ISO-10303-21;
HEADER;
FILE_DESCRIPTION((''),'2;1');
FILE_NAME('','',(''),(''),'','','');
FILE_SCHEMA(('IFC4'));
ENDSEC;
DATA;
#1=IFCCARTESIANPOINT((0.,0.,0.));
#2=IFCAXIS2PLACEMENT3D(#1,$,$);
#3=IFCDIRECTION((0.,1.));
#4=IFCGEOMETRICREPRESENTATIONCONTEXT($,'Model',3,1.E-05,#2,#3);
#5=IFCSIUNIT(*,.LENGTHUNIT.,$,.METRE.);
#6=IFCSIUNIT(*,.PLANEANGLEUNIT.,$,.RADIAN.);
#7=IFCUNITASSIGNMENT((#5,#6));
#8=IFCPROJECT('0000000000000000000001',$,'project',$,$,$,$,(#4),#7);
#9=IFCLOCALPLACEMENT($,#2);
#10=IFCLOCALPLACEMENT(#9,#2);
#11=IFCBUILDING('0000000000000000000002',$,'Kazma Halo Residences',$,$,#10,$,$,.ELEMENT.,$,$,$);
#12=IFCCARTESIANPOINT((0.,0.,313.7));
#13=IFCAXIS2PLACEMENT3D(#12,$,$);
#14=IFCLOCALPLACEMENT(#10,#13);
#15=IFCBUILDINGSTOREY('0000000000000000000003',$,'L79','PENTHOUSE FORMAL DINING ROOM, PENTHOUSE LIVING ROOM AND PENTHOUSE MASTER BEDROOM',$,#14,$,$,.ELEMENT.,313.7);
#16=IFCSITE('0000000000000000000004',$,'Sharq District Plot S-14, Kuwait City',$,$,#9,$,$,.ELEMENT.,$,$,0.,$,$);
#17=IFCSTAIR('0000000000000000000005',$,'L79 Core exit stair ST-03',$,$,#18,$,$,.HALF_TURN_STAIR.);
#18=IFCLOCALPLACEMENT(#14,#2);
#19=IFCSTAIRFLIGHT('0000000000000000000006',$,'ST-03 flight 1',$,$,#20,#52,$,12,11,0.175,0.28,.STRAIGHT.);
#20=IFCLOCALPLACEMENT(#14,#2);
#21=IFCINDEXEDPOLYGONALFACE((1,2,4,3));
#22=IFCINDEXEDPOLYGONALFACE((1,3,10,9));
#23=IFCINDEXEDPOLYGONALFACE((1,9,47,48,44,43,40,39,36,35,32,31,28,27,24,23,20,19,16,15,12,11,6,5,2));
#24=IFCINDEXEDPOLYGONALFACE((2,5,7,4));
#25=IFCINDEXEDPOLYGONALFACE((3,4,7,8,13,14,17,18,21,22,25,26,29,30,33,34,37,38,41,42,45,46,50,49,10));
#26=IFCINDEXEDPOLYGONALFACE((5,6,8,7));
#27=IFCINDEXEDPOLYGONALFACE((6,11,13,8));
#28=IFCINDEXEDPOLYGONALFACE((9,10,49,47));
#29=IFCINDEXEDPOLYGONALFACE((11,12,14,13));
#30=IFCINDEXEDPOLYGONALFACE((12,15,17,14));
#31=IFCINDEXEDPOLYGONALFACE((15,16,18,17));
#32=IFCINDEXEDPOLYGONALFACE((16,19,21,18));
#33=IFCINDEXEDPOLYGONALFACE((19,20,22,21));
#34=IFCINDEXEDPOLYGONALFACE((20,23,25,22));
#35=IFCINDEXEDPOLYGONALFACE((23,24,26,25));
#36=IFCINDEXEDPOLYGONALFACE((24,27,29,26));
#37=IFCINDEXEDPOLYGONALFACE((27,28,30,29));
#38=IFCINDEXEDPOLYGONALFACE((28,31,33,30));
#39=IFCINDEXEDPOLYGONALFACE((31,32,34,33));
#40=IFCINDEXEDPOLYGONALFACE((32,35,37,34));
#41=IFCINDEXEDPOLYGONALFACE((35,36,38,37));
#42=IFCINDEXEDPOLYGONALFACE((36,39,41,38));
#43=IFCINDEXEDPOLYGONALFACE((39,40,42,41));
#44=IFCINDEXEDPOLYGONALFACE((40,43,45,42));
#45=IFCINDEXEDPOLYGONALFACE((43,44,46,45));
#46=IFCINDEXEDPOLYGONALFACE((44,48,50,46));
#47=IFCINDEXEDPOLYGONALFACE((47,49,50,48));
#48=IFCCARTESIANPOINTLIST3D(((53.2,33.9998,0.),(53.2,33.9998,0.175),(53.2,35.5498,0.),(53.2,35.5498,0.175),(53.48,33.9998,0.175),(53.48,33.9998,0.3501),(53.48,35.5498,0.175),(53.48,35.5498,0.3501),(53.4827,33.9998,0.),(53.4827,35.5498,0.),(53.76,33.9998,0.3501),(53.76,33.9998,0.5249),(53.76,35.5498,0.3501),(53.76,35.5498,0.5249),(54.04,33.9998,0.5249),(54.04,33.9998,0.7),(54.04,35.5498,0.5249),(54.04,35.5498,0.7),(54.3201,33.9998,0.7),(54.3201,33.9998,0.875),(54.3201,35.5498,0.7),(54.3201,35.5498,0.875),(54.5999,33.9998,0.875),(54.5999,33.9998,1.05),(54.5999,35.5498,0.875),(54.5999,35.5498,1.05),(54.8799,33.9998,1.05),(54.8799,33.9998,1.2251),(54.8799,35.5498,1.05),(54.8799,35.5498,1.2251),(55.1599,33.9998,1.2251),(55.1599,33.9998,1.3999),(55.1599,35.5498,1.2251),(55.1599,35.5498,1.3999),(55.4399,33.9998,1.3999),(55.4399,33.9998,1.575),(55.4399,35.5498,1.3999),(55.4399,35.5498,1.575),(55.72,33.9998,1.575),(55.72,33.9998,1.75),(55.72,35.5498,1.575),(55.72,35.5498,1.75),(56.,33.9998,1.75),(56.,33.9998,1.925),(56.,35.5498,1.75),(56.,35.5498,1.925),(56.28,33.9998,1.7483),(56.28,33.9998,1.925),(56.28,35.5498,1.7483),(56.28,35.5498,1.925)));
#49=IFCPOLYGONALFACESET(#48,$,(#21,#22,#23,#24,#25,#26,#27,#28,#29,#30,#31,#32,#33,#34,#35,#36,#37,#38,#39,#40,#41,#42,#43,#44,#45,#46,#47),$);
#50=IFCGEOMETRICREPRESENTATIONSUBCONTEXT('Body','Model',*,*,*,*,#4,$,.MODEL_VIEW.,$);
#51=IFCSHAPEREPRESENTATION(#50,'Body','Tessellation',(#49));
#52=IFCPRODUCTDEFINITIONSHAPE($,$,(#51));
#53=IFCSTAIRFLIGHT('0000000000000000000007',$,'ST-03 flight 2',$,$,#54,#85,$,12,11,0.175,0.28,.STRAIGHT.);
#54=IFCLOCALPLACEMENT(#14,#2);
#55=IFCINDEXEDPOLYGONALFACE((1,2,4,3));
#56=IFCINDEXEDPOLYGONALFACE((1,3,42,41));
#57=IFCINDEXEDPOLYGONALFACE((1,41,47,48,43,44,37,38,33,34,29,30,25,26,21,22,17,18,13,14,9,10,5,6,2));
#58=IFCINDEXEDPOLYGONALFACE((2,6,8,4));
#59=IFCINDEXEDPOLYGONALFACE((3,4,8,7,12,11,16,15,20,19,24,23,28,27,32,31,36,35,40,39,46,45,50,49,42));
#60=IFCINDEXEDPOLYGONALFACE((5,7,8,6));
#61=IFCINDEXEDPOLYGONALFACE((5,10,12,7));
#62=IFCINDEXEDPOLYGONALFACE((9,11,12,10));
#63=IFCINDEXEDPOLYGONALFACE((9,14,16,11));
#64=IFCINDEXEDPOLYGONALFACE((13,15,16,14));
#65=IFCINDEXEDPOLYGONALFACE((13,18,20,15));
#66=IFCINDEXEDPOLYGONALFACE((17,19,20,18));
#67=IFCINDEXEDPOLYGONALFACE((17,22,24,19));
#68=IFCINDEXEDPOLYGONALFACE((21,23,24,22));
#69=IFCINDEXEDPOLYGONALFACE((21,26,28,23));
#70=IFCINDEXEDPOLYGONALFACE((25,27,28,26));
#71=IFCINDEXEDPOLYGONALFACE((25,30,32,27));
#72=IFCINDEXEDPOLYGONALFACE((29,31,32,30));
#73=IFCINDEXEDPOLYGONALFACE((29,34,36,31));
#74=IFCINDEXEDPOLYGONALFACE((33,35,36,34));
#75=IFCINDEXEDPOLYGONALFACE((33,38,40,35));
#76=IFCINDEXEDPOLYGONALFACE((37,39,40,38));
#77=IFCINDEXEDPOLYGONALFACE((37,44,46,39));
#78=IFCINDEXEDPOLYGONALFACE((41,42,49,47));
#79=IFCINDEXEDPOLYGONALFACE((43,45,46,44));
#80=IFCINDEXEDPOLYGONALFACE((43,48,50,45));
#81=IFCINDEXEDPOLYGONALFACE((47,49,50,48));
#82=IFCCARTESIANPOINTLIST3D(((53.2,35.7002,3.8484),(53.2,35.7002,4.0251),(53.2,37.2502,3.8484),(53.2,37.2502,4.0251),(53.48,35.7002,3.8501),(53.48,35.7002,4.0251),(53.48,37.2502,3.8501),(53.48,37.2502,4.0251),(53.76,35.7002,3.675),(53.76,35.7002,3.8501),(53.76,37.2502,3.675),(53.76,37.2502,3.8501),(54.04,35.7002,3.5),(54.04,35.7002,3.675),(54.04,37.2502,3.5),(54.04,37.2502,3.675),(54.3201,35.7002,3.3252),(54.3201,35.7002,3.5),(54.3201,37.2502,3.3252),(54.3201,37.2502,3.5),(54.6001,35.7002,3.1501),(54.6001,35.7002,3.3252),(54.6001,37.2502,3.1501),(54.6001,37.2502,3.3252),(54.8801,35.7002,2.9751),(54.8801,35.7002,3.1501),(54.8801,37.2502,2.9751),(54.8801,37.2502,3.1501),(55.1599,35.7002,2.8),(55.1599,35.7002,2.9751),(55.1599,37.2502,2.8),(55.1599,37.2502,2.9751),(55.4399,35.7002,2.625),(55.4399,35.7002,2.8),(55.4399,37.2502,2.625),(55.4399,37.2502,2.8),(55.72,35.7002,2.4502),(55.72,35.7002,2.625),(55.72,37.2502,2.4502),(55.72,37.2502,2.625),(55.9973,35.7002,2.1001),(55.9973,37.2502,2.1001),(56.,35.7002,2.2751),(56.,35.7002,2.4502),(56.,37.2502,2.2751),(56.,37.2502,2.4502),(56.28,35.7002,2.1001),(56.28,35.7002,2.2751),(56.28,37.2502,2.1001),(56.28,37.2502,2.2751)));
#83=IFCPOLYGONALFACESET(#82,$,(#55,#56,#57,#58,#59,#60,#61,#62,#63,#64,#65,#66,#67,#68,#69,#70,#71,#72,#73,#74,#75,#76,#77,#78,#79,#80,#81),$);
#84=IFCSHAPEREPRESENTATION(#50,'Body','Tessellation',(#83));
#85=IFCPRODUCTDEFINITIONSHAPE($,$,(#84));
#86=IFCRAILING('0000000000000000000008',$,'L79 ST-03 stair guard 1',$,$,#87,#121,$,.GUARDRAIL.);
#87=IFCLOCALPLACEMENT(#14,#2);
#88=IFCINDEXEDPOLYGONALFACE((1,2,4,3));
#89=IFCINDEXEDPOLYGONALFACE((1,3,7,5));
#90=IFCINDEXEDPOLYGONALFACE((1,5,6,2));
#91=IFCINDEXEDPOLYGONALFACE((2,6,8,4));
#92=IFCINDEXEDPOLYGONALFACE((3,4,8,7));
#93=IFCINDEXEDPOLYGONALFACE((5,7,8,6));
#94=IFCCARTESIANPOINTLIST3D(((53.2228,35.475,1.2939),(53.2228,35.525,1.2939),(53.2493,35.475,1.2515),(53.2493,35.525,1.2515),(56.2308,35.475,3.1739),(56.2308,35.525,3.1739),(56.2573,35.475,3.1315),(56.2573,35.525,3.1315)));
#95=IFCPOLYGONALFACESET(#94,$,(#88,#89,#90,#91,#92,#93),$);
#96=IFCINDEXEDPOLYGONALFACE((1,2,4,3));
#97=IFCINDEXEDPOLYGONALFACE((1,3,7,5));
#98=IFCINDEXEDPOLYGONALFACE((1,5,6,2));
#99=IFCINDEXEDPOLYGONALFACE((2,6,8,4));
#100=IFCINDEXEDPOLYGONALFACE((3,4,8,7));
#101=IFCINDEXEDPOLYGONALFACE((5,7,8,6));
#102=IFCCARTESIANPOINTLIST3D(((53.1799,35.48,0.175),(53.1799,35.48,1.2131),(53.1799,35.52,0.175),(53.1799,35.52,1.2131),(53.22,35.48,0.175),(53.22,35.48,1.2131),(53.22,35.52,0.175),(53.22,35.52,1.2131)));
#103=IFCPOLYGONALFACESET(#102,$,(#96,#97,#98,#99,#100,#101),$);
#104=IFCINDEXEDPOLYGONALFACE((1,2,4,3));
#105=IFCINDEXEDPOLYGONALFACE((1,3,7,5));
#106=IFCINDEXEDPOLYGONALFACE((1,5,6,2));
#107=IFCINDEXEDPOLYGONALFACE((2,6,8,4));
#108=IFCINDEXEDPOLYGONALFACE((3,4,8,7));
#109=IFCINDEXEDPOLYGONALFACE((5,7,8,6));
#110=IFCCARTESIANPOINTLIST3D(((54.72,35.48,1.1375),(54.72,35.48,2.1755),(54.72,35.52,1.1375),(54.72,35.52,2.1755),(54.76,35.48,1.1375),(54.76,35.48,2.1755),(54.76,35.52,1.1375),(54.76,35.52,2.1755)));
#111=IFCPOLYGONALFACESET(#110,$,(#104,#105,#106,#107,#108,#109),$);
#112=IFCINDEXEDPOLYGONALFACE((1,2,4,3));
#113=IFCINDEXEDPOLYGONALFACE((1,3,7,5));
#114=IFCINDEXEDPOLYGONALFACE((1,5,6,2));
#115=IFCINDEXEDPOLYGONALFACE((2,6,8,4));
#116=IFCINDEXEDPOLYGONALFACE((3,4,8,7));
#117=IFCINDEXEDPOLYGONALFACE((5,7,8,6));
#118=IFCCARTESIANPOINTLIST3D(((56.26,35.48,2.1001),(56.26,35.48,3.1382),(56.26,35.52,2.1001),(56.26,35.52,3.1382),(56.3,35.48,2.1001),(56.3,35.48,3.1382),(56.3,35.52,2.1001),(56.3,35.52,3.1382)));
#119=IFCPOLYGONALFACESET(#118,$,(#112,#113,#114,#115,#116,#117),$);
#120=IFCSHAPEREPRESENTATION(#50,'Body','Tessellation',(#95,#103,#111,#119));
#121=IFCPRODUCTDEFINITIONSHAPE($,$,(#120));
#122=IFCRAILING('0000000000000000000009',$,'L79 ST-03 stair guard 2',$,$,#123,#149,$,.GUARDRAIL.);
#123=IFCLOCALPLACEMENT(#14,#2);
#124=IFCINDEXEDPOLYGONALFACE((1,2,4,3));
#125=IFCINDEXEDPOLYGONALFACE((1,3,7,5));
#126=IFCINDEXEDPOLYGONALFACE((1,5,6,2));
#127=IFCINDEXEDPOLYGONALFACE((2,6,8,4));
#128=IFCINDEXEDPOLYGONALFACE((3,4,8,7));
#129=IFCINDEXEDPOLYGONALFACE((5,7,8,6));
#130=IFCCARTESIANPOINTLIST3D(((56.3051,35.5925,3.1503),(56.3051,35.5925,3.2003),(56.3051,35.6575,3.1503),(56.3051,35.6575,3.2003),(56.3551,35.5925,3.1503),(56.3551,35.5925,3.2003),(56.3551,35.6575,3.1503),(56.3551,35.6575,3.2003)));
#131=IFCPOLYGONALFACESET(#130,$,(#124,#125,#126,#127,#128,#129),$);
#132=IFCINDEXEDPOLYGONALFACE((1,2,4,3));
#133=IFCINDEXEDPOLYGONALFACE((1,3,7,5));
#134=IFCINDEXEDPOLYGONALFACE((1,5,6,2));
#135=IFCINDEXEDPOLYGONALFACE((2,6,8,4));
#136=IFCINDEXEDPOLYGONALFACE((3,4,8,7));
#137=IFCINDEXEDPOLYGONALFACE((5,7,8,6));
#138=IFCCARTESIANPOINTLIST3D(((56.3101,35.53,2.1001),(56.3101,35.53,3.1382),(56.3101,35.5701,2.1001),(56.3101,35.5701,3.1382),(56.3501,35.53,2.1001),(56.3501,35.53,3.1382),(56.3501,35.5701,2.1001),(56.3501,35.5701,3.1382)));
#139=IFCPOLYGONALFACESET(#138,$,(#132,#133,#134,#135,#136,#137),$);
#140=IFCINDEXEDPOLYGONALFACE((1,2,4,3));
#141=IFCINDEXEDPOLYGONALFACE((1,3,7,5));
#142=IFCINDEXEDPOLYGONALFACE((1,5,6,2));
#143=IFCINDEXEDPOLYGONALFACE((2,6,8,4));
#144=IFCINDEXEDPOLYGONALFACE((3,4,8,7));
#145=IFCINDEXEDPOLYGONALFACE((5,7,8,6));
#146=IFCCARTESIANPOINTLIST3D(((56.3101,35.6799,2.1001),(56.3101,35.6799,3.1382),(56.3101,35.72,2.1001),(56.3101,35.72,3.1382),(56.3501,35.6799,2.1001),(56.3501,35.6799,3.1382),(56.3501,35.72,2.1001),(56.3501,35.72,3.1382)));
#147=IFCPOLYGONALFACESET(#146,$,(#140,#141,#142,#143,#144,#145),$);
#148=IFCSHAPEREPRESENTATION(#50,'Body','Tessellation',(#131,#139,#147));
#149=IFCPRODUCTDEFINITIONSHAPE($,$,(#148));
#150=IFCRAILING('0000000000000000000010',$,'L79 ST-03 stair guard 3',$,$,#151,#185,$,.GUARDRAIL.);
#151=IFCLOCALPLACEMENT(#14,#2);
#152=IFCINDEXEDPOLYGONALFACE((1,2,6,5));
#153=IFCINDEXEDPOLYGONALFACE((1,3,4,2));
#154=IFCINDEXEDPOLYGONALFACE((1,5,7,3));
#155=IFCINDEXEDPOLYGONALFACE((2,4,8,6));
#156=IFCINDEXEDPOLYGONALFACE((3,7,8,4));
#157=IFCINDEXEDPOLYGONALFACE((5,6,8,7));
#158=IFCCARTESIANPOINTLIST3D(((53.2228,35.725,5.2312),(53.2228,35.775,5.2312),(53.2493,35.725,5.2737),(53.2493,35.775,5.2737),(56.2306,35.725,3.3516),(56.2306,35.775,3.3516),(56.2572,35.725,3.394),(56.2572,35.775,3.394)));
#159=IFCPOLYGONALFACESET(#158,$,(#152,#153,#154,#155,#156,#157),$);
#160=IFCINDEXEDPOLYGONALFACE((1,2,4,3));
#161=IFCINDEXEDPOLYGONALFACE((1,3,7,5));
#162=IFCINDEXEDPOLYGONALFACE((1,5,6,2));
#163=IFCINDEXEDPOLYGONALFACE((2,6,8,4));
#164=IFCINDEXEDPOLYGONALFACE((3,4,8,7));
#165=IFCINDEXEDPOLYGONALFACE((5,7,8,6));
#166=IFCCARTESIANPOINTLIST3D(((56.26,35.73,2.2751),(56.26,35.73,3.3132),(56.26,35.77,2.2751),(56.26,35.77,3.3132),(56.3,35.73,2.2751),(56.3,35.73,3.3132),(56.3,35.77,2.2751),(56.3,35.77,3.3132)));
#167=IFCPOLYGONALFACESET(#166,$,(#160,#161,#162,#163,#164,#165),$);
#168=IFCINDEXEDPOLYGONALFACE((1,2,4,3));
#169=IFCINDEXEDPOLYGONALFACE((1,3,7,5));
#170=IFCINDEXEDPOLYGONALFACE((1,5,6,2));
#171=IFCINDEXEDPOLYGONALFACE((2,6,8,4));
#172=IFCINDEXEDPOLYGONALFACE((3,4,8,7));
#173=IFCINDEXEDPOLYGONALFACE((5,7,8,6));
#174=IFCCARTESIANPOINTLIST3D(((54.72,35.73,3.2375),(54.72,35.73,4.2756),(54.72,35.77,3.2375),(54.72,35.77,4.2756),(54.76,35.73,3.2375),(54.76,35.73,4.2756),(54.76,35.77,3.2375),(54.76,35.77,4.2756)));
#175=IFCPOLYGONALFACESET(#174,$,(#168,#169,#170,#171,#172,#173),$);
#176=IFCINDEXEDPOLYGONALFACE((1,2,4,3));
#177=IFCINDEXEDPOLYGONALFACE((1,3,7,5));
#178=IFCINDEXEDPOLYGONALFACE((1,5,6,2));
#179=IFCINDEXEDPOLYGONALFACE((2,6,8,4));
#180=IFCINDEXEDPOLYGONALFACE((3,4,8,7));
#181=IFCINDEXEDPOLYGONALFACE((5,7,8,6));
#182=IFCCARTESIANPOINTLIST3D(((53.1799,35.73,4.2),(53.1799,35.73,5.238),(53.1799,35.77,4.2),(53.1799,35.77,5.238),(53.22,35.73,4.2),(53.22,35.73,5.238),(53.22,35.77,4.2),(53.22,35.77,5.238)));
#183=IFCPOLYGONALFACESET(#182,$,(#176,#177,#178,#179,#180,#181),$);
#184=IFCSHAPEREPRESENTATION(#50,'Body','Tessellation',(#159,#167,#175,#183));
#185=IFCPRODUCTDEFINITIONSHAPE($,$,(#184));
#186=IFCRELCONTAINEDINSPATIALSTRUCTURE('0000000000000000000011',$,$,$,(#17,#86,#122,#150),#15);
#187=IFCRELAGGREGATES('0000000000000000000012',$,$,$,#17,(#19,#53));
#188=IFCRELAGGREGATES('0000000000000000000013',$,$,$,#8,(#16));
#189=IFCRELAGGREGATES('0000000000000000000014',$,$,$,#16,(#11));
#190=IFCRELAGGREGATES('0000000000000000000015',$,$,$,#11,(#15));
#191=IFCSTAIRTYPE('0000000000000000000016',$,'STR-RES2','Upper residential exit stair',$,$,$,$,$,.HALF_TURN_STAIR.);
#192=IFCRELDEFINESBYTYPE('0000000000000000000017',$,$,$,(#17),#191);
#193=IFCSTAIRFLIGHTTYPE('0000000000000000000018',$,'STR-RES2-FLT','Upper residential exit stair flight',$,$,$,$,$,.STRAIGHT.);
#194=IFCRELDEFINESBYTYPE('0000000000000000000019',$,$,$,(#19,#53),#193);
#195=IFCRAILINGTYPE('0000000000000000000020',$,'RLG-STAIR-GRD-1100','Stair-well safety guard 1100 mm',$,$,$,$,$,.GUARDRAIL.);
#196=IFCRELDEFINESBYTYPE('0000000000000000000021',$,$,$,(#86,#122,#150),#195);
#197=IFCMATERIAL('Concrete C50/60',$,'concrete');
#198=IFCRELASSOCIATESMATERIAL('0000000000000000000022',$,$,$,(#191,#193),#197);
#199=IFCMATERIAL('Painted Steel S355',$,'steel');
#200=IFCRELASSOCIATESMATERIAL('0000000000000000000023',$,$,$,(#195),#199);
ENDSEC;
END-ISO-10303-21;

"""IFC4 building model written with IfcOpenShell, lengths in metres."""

from ifc_helpers import new_model, si_unit, direction, frame, origin, origin_2d, place, context, subcontext, project, spatial, polyline, rectangle, outline, extrude, material, type_object, element, aggregate, save


model = new_model("IFC4")

# Units and contexts
model_context = context("Model", 3, precision=1e-05, world=origin(), true_north=direction((0.0, 1.0)))
body_context = subcontext(model_context, "Body", "Model", "MODEL_VIEW")
ifc_project = project(units=[si_unit("LENGTHUNIT", "METRE"), si_unit("PLANEANGLEUNIT", "RADIAN")], contexts=[model_context])

# Site, building, storey
site_placement = place(None, origin())
site = spatial("IfcSite", under=ifc_project, at=site_placement, Name="Sharq District Plot S-14, Kuwait City", CompositionType="ELEMENT", RefElevation=0.0)
building_placement = place(site_placement, origin())
building = spatial("IfcBuilding", under=site, at=building_placement, Name="Kazma Halo Residences", CompositionType="ELEMENT")
storey_placement = place(building_placement, frame((0.0, 0.0, 313.7)))
storey = spatial("IfcBuildingStorey", under=building, at=storey_placement, Name="L79", Description="PENTHOUSE FORMAL DINING ROOM, PENTHOUSE LIVING ROOM AND PENTHOUSE MASTER BEDROOM", CompositionType="ELEMENT", Elevation=313.7)

# Shared definitions
ifc_material_1 = material(Name="Concrete C50/60", Category="concrete")

# Stair, stair flights
stair_type = type_object("IfcStairType", Name="STR-RES2", Description="Upper residential exit stair", PredefinedType="HALF_TURN_STAIR", material=ifc_material_1)
stair_placement = place(storey_placement, origin())
stair = element("IfcStair", 1, at=stair_placement, inside=storey, type_object=stair_type, Name="L79 Core exit stair ST-03", PredefinedType="HALF_TURN_STAIR")
stair_flight_type = type_object("IfcStairFlightType", Name="STR-RES2-FLT", Description="Upper residential exit stair flight", PredefinedType="STRAIGHT", material=ifc_material_1)
stair_flight_1_placement = place(storey_placement, frame((53.2, 34.7749, 0.0), z_axis=(0.0, 0.0, 1.0), x_axis=(1.0, 0.0, 0.0)))
stair_flight_1 = element("IfcStairFlight", 2, at=stair_flight_1_placement, type_object=stair_flight_type, Name="ST-03 flight 1", NumberOfRisers=12, NumberOfTreads=11, PredefinedType="STRAIGHT", RiserHeight=0.175, TreadLength=0.28, context=body_context, shape_type="SweptSolid", body=[
    extrude(outline(polyline([(0.0, 0.0), (0.0, 0.175), (0.28, 0.175), (0.28, 0.3501), (0.5601, 0.3501), (0.5601, 0.5249), (0.8401, 0.5249), (0.8401, 0.7), (1.1201, 0.7), (1.1201, 0.875), (1.3999, 0.875), (1.3999, 1.05), (1.6799, 1.05), (1.6799, 1.2251), (1.96, 1.2251), (1.96, 1.3999), (2.24, 1.3999), (2.24, 1.575), (2.52, 1.575), (2.52, 1.75), (2.8, 1.75), (2.8, 1.925), (3.0801, 1.925), (3.0801, 2.1001), (3.0801, 1.7483), (0.2827, 0.0), (0.0, 0.0)])), frame((0.0, 0.7749, 0.0), z_axis=(0.0, -1.0, 0.0), x_axis=(1.0, 0.0, 0.0)), (0.0, 0.0, 1.0), 1.55),
])
stair_flight_2_placement = place(storey_placement, frame((56.28, 36.4751, 2.1001), z_axis=(0.0, 0.0, 1.0), x_axis=(-1.0, 0.0, 0.0)))
stair_flight_2 = element("IfcStairFlight", 3, at=stair_flight_2_placement, type_object=stair_flight_type, Name="ST-03 flight 2", NumberOfRisers=12, NumberOfTreads=11, PredefinedType="STRAIGHT", RiserHeight=0.175, TreadLength=0.28, context=body_context, shape_type="SweptSolid", body=[
    extrude(outline(polyline([(0.0, 0.0), (0.0, 0.175), (0.28, 0.175), (0.28, 0.3501), (0.5601, 0.3501), (0.5601, 0.5249), (0.8401, 0.5249), (0.8401, 0.7), (1.1201, 0.7), (1.1201, 0.875), (1.3999, 0.875), (1.3999, 1.05), (1.6799, 1.05), (1.6799, 1.2251), (1.96, 1.2251), (1.96, 1.3999), (2.24, 1.3999), (2.24, 1.575), (2.52, 1.575), (2.52, 1.75), (2.8, 1.75), (2.8, 1.925), (3.0801, 1.925), (3.0801, 2.1001), (3.0801, 1.7483), (0.2827, 0.0), (0.0, 0.0)])), frame((0.0, 0.7749, 0.0), z_axis=(0.0, -1.0, 0.0), x_axis=(1.0, 0.0, 0.0)), (0.0, 0.0, 1.0), 1.55),
])
aggregate(stair, [stair_flight_1, stair_flight_2])

# Railings
ifc_material_2 = material(Name="Painted Steel S355", Category="steel")
railing_type_1 = type_object("IfcRailingType", Name="RLG-STAIR-GRD-1100", Description="Stair-well safety guard 1100 mm", PredefinedType="GUARDRAIL", material=ifc_material_2)
railing_1_placement = place(storey_placement, frame((53.2, 35.5, 0.175)))
element("IfcRailing", 4, at=railing_1_placement, inside=storey, type_object=railing_type_1, Name="L79 ST-03 stair guard 1", PredefinedType="GUARDRAIL", context=body_context, shape_type="SweptSolid", body=[
    extrude(rectangle(XDim=0.05, YDim=0.05, at=origin_2d()), frame((0.0361, 0.0, 1.0977), z_axis=(0.847998, 0.0, 0.529999), x_axis=(0.0, 1.0, 0.0)), (0.0, 0.0, 1.0), 3.5471),
    extrude(rectangle(XDim=0.04, YDim=0.04, at=origin_2d()), origin(), (0.0, 0.0, 1.0), 1.0381),
    extrude(rectangle(XDim=0.04, YDim=0.04, at=origin_2d()), frame((1.54, 0.0, 0.9624)), (0.0, 0.0, 1.0), 1.0381),
    extrude(rectangle(XDim=0.04, YDim=0.04, at=origin_2d()), frame((3.0801, 0.0, 1.925)), (0.0, 0.0, 1.0), 1.0381),
])
railing_2_placement = place(storey_placement, frame((56.3301, 35.55, 2.1001)))
element("IfcRailing", 5, at=railing_2_placement, inside=storey, type_object=railing_type_1, Name="L79 ST-03 stair guard 2", PredefinedType="GUARDRAIL", context=body_context, shape_type="SweptSolid", body=[
    extrude(rectangle(XDim=0.05, YDim=0.05, at=origin_2d()), frame((0.0, 0.0425, 1.0752), z_axis=(0.0, 1.0, 0.0), x_axis=(-1.0, 0.0, 0.0)), (0.0, 0.0, 1.0), 0.0649),
    extrude(rectangle(XDim=0.04, YDim=0.04, at=origin_2d()), origin(), (0.0, 0.0, 1.0), 1.0381),
    extrude(rectangle(XDim=0.04, YDim=0.04, at=origin_2d()), frame((0.0, 0.1499, 0.0)), (0.0, 0.0, 1.0), 1.0381),
])
railing_3_placement = place(storey_placement, frame((56.28, 35.75, 2.2751)))
element("IfcRailing", 6, at=railing_3_placement, inside=storey, type_object=railing_type_1, Name="L79 ST-03 stair guard 3", PredefinedType="GUARDRAIL", context=body_context, shape_type="SweptSolid", body=[
    extrude(rectangle(XDim=0.05, YDim=0.05, at=origin_2d()), frame((-0.0361, 0.0, 1.0977), z_axis=(-0.848029, 0.0, 0.529951), x_axis=(0.0, -1.0, 0.0)), (0.0, 0.0, 1.0), 3.5469),
    extrude(rectangle(XDim=0.04, YDim=0.04, at=origin_2d()), origin(), (0.0, 0.0, 1.0), 1.0381),
    extrude(rectangle(XDim=0.04, YDim=0.04, at=origin_2d()), frame((-1.54, 0.0, 0.9624)), (0.0, 0.0, 1.0), 1.0381),
    extrude(rectangle(XDim=0.04, YDim=0.04, at=origin_2d()), frame((-3.0801, 0.0, 1.9248)), (0.0, 0.0, 1.0), 1.0381),
])

save(model, "model.ifc")
